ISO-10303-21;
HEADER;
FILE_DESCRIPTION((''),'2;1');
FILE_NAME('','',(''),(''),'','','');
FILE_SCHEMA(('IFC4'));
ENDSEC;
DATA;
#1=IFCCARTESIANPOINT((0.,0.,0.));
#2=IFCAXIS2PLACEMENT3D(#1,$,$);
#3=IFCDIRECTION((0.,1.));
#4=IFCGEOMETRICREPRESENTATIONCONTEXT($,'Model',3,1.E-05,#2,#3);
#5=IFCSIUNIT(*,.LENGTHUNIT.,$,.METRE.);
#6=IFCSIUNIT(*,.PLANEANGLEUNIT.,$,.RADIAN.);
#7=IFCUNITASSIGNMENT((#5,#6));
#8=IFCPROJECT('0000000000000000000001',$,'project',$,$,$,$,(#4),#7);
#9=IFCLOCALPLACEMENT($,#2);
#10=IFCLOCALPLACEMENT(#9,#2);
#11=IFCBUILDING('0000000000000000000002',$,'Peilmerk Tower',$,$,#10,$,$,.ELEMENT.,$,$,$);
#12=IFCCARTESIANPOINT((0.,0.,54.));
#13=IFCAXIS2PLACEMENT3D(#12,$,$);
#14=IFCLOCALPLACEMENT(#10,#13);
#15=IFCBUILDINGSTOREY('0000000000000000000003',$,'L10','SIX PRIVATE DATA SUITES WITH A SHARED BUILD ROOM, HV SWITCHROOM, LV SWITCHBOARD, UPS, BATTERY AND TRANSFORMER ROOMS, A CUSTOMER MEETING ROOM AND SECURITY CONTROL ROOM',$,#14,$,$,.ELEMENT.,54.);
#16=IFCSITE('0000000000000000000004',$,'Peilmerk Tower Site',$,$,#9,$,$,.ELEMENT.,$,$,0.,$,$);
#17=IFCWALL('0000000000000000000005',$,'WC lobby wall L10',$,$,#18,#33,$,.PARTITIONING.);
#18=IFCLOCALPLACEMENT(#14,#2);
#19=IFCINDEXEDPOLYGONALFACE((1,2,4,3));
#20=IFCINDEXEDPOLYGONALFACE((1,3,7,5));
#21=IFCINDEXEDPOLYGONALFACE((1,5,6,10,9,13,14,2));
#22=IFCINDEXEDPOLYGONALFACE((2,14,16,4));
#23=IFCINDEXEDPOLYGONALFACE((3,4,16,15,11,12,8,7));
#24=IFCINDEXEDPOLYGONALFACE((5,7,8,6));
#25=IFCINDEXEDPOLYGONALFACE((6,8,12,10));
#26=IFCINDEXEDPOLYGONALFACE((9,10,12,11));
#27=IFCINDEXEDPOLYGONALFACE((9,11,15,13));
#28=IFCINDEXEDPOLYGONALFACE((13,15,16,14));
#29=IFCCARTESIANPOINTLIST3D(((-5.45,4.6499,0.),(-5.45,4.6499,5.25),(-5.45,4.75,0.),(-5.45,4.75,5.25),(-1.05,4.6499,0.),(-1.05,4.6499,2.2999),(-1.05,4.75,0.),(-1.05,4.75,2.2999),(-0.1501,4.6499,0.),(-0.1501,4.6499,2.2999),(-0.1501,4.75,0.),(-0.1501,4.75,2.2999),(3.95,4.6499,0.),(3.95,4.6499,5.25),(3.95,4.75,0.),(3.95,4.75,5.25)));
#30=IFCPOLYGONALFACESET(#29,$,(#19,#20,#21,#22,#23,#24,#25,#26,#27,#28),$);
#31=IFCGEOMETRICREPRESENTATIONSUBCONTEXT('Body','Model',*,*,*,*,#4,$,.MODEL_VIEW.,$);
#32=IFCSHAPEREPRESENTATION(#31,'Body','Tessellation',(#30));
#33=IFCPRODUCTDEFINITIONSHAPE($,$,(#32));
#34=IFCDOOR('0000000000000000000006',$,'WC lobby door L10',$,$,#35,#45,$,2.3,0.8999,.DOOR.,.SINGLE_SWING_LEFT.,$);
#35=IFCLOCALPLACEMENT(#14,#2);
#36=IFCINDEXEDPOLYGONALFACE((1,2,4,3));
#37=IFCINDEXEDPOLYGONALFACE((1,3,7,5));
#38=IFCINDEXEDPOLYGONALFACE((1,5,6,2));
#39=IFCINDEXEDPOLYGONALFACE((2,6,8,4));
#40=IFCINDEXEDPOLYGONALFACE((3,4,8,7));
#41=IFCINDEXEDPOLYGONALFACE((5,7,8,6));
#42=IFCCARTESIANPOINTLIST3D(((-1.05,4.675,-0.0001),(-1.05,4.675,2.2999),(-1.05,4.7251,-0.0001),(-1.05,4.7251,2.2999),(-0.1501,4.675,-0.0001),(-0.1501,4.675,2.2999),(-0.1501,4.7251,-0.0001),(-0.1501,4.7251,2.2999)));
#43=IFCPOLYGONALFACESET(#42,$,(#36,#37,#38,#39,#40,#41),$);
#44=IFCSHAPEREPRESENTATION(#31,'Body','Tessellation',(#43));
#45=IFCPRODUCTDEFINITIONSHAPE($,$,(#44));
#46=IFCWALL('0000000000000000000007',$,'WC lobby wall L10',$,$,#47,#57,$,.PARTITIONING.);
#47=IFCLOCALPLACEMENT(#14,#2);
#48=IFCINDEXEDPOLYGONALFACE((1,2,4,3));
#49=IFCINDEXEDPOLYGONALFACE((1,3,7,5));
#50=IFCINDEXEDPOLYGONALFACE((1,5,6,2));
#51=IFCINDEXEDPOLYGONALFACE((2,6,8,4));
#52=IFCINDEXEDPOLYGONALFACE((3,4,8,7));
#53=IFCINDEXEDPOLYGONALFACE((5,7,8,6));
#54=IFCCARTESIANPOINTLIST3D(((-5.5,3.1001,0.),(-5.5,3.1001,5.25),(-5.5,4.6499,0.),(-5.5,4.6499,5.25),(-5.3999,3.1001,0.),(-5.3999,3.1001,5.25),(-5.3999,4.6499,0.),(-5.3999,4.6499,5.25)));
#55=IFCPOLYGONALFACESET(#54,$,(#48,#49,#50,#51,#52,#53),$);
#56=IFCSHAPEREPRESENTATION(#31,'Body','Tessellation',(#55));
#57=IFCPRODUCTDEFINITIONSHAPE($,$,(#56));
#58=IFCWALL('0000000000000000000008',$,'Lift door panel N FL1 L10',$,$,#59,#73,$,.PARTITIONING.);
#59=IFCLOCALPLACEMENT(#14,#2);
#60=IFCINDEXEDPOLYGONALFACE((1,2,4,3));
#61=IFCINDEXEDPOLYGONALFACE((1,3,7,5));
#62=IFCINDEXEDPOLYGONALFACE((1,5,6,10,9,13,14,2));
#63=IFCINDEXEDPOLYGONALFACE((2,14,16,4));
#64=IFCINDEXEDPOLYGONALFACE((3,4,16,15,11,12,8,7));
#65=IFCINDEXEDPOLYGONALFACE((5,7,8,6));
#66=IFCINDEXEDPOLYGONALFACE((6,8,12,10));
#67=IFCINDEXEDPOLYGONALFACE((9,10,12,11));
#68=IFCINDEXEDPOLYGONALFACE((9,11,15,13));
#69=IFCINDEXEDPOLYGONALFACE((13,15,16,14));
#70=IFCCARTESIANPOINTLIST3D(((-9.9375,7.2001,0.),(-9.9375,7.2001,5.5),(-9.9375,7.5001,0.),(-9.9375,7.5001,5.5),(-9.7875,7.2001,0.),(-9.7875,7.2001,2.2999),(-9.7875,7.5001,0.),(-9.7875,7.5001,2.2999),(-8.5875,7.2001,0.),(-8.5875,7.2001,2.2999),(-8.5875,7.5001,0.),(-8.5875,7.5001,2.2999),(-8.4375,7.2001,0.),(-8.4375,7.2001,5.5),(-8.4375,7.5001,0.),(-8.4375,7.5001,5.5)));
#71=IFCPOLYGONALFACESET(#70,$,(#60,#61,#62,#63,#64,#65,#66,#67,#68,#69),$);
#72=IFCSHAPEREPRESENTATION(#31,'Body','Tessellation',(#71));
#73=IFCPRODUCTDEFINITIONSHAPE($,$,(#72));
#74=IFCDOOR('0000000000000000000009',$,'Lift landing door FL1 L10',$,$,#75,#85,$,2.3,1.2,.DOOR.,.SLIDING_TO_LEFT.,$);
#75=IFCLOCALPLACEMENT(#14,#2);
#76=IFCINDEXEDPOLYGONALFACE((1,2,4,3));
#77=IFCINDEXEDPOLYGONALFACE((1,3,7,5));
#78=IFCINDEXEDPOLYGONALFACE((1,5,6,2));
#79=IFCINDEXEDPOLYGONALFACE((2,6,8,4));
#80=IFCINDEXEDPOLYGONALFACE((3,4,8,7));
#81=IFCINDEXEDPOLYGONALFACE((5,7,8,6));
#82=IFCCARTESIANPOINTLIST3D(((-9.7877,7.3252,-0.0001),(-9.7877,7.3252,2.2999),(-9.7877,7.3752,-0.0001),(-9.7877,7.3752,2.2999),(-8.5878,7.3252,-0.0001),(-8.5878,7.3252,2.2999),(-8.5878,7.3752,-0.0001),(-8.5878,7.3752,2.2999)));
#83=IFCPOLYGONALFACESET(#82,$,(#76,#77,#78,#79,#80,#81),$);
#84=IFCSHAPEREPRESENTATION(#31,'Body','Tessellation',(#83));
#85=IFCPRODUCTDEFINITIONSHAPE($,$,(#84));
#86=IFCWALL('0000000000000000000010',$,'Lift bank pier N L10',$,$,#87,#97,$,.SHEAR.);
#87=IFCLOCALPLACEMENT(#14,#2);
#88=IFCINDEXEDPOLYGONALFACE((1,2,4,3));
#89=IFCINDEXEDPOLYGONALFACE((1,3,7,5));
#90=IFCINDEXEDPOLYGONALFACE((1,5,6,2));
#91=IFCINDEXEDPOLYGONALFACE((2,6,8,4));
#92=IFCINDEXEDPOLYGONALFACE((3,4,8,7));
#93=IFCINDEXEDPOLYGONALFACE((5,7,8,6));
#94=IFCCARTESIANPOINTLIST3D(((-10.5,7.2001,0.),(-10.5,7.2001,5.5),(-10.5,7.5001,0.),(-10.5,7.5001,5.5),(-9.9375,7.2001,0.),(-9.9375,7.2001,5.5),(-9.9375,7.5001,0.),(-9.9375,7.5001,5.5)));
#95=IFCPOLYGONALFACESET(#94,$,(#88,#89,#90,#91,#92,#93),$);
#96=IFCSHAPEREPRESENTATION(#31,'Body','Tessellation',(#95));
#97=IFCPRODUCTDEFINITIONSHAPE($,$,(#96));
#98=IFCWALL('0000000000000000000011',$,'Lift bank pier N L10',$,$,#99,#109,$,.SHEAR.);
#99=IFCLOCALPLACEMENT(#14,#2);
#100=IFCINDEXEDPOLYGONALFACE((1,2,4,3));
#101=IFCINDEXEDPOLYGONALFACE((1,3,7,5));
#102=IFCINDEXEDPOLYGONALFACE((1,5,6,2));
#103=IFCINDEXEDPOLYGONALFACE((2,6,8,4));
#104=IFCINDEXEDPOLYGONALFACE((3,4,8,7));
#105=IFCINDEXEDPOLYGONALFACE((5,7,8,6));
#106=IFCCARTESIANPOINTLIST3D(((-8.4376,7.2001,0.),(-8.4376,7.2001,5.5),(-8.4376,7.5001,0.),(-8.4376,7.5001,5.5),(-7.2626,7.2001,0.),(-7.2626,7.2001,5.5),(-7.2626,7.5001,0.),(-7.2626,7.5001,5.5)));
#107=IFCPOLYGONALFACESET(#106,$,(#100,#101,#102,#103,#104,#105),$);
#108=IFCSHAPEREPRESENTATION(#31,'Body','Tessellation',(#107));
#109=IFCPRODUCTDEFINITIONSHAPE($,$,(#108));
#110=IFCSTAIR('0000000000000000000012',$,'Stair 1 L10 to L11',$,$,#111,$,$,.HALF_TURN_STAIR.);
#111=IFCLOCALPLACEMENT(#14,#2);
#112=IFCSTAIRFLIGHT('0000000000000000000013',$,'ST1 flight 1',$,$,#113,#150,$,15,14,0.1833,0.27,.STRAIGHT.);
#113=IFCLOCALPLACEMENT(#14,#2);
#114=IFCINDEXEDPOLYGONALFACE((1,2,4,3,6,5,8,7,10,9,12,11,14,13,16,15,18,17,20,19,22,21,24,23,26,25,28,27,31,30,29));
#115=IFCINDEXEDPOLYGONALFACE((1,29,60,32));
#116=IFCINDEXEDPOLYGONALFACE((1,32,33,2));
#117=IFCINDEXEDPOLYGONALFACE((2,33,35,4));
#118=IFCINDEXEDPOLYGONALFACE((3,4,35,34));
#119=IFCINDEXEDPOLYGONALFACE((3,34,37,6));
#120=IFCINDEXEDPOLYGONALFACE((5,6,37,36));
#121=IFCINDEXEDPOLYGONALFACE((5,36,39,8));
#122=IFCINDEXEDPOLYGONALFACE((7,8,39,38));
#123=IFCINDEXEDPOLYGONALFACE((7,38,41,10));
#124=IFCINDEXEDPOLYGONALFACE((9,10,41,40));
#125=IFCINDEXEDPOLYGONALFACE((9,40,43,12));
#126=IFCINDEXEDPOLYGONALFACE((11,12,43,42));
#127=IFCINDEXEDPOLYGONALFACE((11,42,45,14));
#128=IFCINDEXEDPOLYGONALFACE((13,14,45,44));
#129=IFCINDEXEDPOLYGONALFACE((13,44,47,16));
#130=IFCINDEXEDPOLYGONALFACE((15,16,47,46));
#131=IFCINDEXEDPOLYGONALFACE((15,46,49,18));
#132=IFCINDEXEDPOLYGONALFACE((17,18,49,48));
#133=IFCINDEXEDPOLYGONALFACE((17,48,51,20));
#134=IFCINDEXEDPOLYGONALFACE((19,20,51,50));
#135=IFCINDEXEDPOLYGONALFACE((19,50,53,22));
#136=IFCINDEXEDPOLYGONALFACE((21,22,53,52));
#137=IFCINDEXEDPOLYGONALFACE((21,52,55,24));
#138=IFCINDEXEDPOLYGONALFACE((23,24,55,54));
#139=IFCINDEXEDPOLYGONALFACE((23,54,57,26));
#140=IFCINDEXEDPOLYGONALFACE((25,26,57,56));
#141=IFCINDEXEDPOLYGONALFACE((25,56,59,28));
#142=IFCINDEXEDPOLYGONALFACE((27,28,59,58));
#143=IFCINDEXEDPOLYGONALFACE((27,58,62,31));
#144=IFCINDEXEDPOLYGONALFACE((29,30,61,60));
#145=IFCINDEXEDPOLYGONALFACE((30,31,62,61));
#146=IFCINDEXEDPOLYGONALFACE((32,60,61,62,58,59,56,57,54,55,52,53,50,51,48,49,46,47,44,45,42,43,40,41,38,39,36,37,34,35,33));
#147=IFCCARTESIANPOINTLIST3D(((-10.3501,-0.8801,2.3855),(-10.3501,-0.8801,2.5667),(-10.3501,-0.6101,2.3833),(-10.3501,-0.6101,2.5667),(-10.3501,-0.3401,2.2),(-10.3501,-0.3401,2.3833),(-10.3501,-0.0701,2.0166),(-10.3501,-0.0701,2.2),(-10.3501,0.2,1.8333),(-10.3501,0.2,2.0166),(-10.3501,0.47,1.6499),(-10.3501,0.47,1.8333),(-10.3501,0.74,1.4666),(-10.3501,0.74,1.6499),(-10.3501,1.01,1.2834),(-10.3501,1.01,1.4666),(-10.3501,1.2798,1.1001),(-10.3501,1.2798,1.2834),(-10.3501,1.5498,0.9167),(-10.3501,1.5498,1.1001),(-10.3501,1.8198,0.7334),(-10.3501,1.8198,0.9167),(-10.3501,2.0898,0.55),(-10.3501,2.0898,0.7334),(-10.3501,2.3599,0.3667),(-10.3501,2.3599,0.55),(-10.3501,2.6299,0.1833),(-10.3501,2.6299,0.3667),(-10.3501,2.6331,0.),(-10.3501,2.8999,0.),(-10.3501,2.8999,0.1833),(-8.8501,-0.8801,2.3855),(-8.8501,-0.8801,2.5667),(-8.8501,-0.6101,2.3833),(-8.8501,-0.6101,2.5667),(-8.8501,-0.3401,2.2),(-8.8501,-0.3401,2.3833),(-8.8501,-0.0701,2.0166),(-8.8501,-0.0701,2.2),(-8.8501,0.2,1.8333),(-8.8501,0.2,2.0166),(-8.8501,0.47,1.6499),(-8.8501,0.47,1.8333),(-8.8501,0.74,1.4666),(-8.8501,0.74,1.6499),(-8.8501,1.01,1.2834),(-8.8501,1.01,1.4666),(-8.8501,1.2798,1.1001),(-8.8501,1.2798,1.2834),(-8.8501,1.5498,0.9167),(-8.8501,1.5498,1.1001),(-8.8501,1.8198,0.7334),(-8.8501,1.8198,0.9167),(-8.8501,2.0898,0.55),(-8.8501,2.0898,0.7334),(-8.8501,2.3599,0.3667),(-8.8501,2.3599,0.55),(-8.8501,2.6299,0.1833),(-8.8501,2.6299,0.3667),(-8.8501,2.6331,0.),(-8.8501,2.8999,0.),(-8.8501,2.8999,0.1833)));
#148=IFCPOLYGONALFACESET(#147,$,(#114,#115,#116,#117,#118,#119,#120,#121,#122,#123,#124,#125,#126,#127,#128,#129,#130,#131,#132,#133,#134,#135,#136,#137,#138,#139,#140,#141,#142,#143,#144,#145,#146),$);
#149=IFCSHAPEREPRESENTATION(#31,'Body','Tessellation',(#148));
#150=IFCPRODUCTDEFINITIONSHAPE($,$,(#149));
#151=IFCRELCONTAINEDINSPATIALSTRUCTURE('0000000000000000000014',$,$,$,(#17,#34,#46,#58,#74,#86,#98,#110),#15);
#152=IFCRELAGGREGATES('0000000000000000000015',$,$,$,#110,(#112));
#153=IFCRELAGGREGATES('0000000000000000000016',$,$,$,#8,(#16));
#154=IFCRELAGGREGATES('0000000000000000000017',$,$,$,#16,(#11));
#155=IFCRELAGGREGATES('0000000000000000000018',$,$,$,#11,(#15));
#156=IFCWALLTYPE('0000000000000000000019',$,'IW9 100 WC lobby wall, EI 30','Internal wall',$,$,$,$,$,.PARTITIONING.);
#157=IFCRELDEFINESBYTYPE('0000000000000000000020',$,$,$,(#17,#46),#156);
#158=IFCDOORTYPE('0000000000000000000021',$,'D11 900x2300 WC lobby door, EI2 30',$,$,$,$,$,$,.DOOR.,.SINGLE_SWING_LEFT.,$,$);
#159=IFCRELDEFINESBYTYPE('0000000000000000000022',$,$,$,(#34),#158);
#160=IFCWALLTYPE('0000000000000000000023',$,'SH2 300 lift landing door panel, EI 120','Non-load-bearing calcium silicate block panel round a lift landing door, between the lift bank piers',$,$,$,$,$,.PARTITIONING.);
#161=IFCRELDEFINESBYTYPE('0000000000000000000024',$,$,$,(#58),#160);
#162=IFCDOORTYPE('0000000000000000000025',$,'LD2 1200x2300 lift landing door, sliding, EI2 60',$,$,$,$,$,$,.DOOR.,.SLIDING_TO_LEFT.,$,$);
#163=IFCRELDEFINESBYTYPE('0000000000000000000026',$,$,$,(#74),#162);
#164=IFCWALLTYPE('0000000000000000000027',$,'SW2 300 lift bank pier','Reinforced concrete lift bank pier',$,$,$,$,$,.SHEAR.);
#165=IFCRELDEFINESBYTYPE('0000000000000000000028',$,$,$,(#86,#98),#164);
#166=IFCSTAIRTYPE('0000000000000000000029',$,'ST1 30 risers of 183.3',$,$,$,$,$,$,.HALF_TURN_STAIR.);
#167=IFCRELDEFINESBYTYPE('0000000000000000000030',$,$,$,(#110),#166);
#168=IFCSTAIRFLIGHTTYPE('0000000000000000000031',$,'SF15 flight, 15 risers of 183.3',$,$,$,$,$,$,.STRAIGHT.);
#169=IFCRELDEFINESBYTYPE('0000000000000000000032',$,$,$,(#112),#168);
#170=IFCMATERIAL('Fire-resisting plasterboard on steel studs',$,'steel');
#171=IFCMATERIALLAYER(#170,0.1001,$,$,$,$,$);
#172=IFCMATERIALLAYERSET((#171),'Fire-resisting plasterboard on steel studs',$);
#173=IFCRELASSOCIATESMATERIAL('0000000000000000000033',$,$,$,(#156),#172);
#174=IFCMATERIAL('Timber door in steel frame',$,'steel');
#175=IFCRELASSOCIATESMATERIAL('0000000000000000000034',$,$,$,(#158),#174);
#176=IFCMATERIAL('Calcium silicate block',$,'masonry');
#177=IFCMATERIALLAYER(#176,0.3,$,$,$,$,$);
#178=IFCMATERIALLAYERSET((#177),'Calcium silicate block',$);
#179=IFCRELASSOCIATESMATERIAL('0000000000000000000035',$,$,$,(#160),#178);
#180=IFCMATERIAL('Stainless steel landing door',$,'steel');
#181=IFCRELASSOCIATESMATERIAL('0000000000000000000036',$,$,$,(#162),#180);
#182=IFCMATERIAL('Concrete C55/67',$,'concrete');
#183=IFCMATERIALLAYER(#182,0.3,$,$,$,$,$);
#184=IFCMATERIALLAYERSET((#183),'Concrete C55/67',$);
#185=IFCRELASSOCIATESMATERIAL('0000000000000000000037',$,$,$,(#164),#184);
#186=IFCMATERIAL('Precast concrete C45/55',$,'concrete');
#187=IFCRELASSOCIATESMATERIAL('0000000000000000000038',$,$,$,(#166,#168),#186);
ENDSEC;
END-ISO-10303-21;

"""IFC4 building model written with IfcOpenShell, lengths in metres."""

from ifc_helpers import new_model, si_unit, direction, frame, frame_2d, origin, place, context, subcontext, project, spatial, polyline, rectangle, outline, extrude, material, layer, layer_set, type_object, element, fill, aggregate, save


model = new_model("IFC4")

# Units and contexts
model_context = context("Model", 3, precision=1e-05, world=origin(), true_north=direction((0.0, 1.0)))
body_context = subcontext(model_context, "Body", "Model", "MODEL_VIEW")
ifc_project = project(units=[si_unit("LENGTHUNIT", "METRE"), si_unit("PLANEANGLEUNIT", "RADIAN")], contexts=[model_context])

# Site, building, storey
site_placement = place(None, origin())
site = spatial("IfcSite", under=ifc_project, at=site_placement, Name="Peilmerk Tower Site", CompositionType="ELEMENT", RefElevation=0.0)
building_placement = place(site_placement, origin())
building = spatial("IfcBuilding", under=site, at=building_placement, Name="Peilmerk Tower", CompositionType="ELEMENT")
storey_placement = place(building_placement, frame((0.0, 0.0, 54.0)))
storey = spatial("IfcBuildingStorey", under=building, at=storey_placement, Name="L10", Description="SIX PRIVATE DATA SUITES WITH A SHARED BUILD ROOM, HV SWITCHROOM, LV SWITCHBOARD, UPS, BATTERY AND TRANSFORMER ROOMS, A CUSTOMER MEETING ROOM AND SECURITY CONTROL ROOM", CompositionType="ELEMENT", Elevation=54.0)

# Shared definitions
ifc_material_1 = material(Name="Concrete C55/67", Category="concrete")

# Shared definitions
ifc_material_2 = material(Name="Timber door in steel frame", Category="steel")

# Wall, opening, door
ifc_material_3 = material(Name="Fire-resisting plasterboard on steel studs", Category="steel")
ifc_layer_1 = layer(ifc_material_3, 0.1001)
ifc_layer_set_1 = layer_set([ifc_layer_1], Name="Fire-resisting plasterboard on steel studs")
wall_type_1 = type_object("IfcWallType", Name="IW9 100 WC lobby wall, EI 30", Description="Internal wall", PredefinedType="PARTITIONING", material=ifc_layer_set_1)
wall_1_placement = place(storey_placement, frame((-5.45, 4.7, 0.0), z_axis=(0.0, 0.0, 1.0), x_axis=(1.0, 0.0, 0.0)))
wall_1 = element("IfcWall", 1, at=wall_1_placement, inside=storey, type_object=wall_type_1, Name="WC lobby wall L10", PredefinedType="PARTITIONING", context=body_context, shape_type="SweptSolid", body=[
    extrude(rectangle(XDim=9.3999, YDim=0.1001, at=frame_2d((4.7, 0.0))), origin(), (0.0, 0.0, 1.0), 5.25),
])
opening_1_placement = place(wall_1_placement, frame((4.3999, 0.0, 0.0)))
opening_1 = element("IfcOpeningElement", 2, at=opening_1_placement, cuts=wall_1, PredefinedType="OPENING", context=body_context, shape_type="SweptSolid", body=[
    extrude(rectangle(XDim=0.8999, YDim=2.3, at=frame_2d((0.45, 1.1499))), frame((0.0, 0.0601, 0.0), z_axis=(0.0, -1.0, 0.0), x_axis=(1.0, 0.0, 0.0)), (0.0, 0.0, 1.0), 0.1201),
])
door_type_1 = type_object("IfcDoorType", Name="D11 900x2300 WC lobby door, EI2 30", OperationType="SINGLE_SWING_LEFT", PredefinedType="DOOR", material=ifc_material_2)
door_1_placement = place(opening_1_placement, frame((0.8999, 0.0, 0.0), z_axis=(0.0, 0.0, 1.0), x_axis=(-1.0, 0.0, 0.0)))
door_1 = element("IfcDoor", 3, at=door_1_placement, inside=storey, type_object=door_type_1, Name="WC lobby door L10", OperationType="SINGLE_SWING_LEFT", OverallHeight=2.3, OverallWidth=0.8999, PredefinedType="DOOR", context=body_context, shape_type="SweptSolid", body=[
    extrude(rectangle(XDim=0.8999, YDim=2.3, at=frame_2d((0.45, 1.1499))), frame((0.0, 0.0249, 0.0), z_axis=(0.0, -1.0, 0.0), x_axis=(1.0, 0.0, 0.0)), (0.0, 0.0, 1.0), 0.05),
])
fill(opening_1, door_1)

# Wall
wall_2_placement = place(storey_placement, frame((-5.45, 3.1001, 0.0), z_axis=(0.0, 0.0, 1.0), x_axis=(0.0, 1.0, 0.0)))
element("IfcWall", 4, at=wall_2_placement, inside=storey, type_object=wall_type_1, Name="WC lobby wall L10", PredefinedType="PARTITIONING", context=body_context, shape_type="SweptSolid", body=[
    extrude(rectangle(XDim=1.5498, YDim=0.1001, at=frame_2d((0.7749, 0.0))), origin(), (0.0, 0.0, 1.0), 5.25),
])

# Wall, opening, door
ifc_material_4 = material(Name="Calcium silicate block", Category="masonry")
ifc_layer_2 = layer(ifc_material_4, 0.3)
ifc_layer_set_2 = layer_set([ifc_layer_2], Name="Calcium silicate block")
wall_type_2 = type_object("IfcWallType", Name="SH2 300 lift landing door panel, EI 120", Description="Non-load-bearing calcium silicate block panel round a lift landing door, between the lift bank piers", PredefinedType="PARTITIONING", material=ifc_layer_set_2)
wall_3_placement = place(storey_placement, frame((-9.9375, 7.3501, 0.0), z_axis=(0.0, 0.0, 1.0), x_axis=(1.0, 0.0, 0.0)))
wall_3 = element("IfcWall", 5, at=wall_3_placement, inside=storey, type_object=wall_type_2, Name="Lift door panel N FL1 L10", PredefinedType="PARTITIONING", context=body_context, shape_type="SweptSolid", body=[
    extrude(rectangle(XDim=1.5, YDim=0.3, at=frame_2d((0.75, 0.0))), origin(), (0.0, 0.0, 1.0), 5.5),
])
opening_2_placement = place(wall_3_placement, frame((0.1499, 0.0, 0.0)))
opening_2 = element("IfcOpeningElement", 6, at=opening_2_placement, cuts=wall_3, PredefinedType="OPENING", context=body_context, shape_type="SweptSolid", body=[
    extrude(rectangle(XDim=1.2, YDim=2.3, at=frame_2d((0.6001, 1.1499))), frame((0.0, 0.1599, 0.0), z_axis=(0.0, -1.0, 0.0), x_axis=(1.0, 0.0, 0.0)), (0.0, 0.0, 1.0), 0.3201),
])
ifc_material_5 = material(Name="Stainless steel landing door", Category="steel")
door_type_2 = type_object("IfcDoorType", Name="LD2 1200x2300 lift landing door, sliding, EI2 60", OperationType="SLIDING_TO_LEFT", PredefinedType="DOOR", material=ifc_material_5)
door_2_placement = place(opening_2_placement, frame((1.2, 0.0, 0.0), z_axis=(0.0, 0.0, 1.0), x_axis=(-1.0, 0.0, 0.0)))
door_2 = element("IfcDoor", 7, at=door_2_placement, inside=storey, type_object=door_type_2, Name="Lift landing door FL1 L10", OperationType="SLIDING_TO_LEFT", OverallHeight=2.3, OverallWidth=1.2, PredefinedType="DOOR", context=body_context, shape_type="SweptSolid", body=[
    extrude(rectangle(XDim=1.2, YDim=2.3, at=frame_2d((0.6001, 1.1499))), frame((0.0, 0.0249, 0.0), z_axis=(0.0, -1.0, 0.0), x_axis=(1.0, 0.0, 0.0)), (0.0, 0.0, 1.0), 0.05),
])
fill(opening_2, door_2)

# Walls
ifc_layer_3 = layer(ifc_material_1, 0.3)
ifc_layer_set_3 = layer_set([ifc_layer_3], Name="Concrete C55/67")
wall_type_3 = type_object("IfcWallType", Name="SW2 300 lift bank pier", Description="Reinforced concrete lift bank pier", PredefinedType="SHEAR", material=ifc_layer_set_3)
wall_4_placement = place(storey_placement, frame((-10.5, 7.3501, 0.0), z_axis=(0.0, 0.0, 1.0), x_axis=(1.0, 0.0, 0.0)))
element("IfcWall", 8, at=wall_4_placement, inside=storey, type_object=wall_type_3, Name="Lift bank pier N L10", PredefinedType="SHEAR", context=body_context, shape_type="SweptSolid", body=[
    extrude(rectangle(XDim=0.5625, YDim=0.3, at=frame_2d((0.2812, 0.0))), origin(), (0.0, 0.0, 1.0), 5.5),
])
wall_5_placement = place(storey_placement, frame((-8.4375, 7.3501, 0.0), z_axis=(0.0, 0.0, 1.0), x_axis=(1.0, 0.0, 0.0)))
element("IfcWall", 9, at=wall_5_placement, inside=storey, type_object=wall_type_3, Name="Lift bank pier N L10", PredefinedType="SHEAR", context=body_context, shape_type="SweptSolid", body=[
    extrude(rectangle(XDim=1.175, YDim=0.3, at=frame_2d((0.5874, 0.0))), origin(), (0.0, 0.0, 1.0), 5.5),
])

# Stair, stair flight
ifc_material_6 = material(Name="Precast concrete C45/55", Category="concrete")
stair_type = type_object("IfcStairType", Name="ST1 30 risers of 183.3", PredefinedType="HALF_TURN_STAIR", material=ifc_material_6)
stair_placement = place(storey_placement, origin())
stair = element("IfcStair", 10, at=stair_placement, inside=storey, type_object=stair_type, Name="Stair 1 L10 to L11", PredefinedType="HALF_TURN_STAIR")
stair_flight_type = type_object("IfcStairFlightType", Name="SF15 flight, 15 risers of 183.3", PredefinedType="STRAIGHT", material=ifc_material_6)
stair_flight_placement = place(storey_placement, frame((-9.6001, 2.8999, 0.0), z_axis=(0.0, 0.0, 1.0), x_axis=(0.0, -1.0, 0.0)))
stair_flight = element("IfcStairFlight", 11, at=stair_flight_placement, type_object=stair_flight_type, Name="ST1 flight 1", NumberOfRisers=15, NumberOfTreads=14, PredefinedType="STRAIGHT", RiserHeight=0.1833, TreadLength=0.27, context=body_context, shape_type="SweptSolid", body=[
    extrude(outline(polyline([(0.0, 0.0), (0.0, 0.1833), (0.27, 0.1833), (0.27, 0.3667), (0.54, 0.3667), (0.54, 0.55), (0.8101, 0.55), (0.8101, 0.7334), (1.0801, 0.7334), (1.0801, 0.9167), (1.3501, 0.9167), (1.3501, 1.1001), (1.6201, 1.1001), (1.6201, 1.2834), (1.8899, 1.2834), (1.8899, 1.4666), (2.1599, 1.4666), (2.1599, 1.6499), (2.4299, 1.6499), (2.4299, 1.8333), (2.7, 1.8333), (2.7, 2.0166), (2.97, 2.0166), (2.97, 2.2), (3.24, 2.2), (3.24, 2.3833), (3.51, 2.3833), (3.51, 2.5667), (3.78, 2.5667), (3.78, 2.75), (3.78, 2.3855), (0.2668, 0.0), (0.0, 0.0)])), frame((0.0, 0.75, 0.0), z_axis=(0.0, -1.0, 0.0), x_axis=(1.0, 0.0, 0.0)), (0.0, 0.0, 1.0), 1.5),
])
aggregate(stair, [stair_flight])

save(model, "model.ifc")
